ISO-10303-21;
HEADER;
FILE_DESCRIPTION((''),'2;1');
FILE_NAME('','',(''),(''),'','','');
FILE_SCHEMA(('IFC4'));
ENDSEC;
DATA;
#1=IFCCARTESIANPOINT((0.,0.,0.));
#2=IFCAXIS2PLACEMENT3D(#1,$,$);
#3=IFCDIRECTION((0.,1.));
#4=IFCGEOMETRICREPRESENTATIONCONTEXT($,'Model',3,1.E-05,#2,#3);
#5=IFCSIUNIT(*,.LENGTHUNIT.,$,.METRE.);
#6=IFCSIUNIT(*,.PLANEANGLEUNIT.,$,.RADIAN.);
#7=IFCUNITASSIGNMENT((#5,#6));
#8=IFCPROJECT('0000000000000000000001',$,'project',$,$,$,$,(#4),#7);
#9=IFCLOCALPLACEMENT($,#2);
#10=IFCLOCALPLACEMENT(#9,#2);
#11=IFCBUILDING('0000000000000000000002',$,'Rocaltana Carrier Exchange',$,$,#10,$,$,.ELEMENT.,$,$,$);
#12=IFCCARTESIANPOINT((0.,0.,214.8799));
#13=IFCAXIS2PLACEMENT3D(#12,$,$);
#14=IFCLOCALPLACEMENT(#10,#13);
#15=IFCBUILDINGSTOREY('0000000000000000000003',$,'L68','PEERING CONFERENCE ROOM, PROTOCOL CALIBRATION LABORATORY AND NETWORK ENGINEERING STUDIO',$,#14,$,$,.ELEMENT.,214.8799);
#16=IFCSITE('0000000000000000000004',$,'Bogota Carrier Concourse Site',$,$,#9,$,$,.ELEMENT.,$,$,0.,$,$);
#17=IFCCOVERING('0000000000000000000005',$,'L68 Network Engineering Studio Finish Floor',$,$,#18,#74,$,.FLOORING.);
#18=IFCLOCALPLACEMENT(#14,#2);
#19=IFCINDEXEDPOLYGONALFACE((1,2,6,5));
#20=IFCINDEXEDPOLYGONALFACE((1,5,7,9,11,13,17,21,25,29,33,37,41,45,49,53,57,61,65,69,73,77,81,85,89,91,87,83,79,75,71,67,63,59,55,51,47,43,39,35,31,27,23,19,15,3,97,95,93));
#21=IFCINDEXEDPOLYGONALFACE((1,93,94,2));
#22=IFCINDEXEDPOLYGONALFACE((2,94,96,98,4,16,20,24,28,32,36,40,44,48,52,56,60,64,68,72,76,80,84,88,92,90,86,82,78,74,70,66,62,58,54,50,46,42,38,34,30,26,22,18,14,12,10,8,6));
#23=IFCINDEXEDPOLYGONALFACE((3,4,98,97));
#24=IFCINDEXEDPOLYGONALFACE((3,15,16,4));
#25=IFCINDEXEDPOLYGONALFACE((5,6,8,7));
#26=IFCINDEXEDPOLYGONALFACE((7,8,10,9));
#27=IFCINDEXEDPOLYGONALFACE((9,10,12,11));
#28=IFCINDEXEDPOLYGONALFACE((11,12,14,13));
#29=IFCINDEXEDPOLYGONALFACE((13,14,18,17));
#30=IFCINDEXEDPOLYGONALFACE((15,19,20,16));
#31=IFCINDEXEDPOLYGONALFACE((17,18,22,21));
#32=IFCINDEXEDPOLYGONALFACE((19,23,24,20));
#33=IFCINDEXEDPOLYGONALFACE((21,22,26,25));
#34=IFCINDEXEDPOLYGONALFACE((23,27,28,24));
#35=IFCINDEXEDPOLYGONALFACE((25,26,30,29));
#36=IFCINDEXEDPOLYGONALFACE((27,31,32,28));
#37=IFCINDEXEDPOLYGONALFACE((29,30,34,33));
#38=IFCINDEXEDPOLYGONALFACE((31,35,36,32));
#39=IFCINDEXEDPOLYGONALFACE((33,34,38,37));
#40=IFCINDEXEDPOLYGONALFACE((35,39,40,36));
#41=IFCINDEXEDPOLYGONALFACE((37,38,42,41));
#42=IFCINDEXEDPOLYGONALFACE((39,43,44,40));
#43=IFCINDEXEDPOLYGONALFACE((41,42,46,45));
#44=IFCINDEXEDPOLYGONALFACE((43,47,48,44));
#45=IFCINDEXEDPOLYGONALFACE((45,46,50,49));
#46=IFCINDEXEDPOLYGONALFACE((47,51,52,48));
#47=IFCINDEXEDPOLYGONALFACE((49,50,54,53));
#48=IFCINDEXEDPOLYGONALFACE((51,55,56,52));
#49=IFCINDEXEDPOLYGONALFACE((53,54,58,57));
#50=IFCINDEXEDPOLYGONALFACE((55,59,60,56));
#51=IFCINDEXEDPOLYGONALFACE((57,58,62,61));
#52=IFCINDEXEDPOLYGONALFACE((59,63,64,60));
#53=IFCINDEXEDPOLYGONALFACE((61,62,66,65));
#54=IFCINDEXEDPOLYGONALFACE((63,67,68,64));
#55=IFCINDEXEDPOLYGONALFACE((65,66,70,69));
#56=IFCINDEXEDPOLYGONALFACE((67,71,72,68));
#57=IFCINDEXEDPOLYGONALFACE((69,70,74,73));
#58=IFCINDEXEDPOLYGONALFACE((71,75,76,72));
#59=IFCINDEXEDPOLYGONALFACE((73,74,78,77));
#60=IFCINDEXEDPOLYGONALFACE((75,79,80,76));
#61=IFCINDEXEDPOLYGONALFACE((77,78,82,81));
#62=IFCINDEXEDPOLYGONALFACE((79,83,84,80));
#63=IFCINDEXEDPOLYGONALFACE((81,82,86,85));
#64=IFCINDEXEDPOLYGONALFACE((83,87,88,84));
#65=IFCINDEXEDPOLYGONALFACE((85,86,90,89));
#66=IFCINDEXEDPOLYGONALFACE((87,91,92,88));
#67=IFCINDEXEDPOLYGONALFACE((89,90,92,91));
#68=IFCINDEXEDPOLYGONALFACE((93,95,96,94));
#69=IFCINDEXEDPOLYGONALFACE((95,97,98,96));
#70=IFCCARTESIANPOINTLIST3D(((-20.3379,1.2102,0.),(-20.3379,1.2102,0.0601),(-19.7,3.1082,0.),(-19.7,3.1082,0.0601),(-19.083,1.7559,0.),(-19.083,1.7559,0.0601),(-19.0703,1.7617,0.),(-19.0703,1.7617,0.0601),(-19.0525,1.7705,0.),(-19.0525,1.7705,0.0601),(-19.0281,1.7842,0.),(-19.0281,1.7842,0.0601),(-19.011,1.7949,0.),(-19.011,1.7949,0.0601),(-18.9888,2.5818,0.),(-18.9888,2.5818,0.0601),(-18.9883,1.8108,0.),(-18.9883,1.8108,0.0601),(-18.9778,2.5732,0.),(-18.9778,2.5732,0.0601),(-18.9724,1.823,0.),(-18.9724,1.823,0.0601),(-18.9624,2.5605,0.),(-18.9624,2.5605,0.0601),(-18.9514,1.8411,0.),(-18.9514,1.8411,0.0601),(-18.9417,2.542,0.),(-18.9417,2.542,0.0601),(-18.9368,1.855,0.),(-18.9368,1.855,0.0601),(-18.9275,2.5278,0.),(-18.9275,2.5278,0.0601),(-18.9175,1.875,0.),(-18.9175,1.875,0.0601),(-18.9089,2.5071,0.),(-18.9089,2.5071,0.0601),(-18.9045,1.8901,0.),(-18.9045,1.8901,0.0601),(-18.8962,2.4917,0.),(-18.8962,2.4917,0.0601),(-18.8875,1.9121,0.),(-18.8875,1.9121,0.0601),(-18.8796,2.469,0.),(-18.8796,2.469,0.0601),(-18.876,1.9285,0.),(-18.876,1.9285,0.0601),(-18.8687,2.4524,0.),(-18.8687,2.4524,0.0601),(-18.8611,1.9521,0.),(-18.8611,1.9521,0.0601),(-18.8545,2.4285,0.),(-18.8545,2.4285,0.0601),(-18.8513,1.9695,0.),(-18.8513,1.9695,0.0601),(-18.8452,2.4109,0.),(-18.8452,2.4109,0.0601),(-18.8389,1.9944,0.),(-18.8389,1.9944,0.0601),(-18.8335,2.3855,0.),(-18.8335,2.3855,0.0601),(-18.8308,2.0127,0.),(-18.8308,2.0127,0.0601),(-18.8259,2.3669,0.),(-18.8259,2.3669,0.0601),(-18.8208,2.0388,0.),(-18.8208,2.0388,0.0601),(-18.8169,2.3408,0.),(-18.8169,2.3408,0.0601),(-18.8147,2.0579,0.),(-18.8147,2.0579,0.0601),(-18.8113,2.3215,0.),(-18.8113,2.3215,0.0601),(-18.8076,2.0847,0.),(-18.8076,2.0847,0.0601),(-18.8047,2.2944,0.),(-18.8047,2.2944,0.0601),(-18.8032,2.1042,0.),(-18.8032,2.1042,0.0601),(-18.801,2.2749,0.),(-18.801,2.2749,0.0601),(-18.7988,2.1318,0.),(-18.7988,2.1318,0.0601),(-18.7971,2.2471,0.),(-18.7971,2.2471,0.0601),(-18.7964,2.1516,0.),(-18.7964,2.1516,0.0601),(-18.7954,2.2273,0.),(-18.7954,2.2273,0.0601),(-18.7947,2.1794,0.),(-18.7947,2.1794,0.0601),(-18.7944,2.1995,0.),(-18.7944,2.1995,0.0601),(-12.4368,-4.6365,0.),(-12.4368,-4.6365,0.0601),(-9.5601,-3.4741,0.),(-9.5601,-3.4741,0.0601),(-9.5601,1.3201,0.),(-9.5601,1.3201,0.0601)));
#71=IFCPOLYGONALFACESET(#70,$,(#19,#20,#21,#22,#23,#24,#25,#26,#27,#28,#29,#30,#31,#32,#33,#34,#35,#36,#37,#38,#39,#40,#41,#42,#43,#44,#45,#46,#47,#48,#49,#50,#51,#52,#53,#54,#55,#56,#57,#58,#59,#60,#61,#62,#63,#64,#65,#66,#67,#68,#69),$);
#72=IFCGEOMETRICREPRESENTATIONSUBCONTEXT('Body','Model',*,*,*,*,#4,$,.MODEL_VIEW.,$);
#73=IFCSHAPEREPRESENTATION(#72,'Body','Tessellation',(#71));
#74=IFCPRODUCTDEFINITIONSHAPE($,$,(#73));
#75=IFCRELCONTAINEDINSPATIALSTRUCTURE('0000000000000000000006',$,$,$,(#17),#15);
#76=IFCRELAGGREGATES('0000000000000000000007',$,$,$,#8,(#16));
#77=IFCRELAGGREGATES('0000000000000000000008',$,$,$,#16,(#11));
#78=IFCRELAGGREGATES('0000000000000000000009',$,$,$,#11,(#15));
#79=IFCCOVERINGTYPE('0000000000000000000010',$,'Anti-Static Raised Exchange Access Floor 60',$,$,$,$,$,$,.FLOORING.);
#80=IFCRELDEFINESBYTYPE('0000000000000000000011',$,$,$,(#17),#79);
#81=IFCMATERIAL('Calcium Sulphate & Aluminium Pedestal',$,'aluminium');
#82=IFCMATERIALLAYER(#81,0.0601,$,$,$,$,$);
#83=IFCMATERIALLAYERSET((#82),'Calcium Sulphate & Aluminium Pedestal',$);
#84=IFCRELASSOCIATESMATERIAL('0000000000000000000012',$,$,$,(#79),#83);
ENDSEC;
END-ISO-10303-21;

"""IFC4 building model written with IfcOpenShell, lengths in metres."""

from ifc_helpers import new_model, si_unit, direction, frame, origin, place, context, subcontext, project, spatial, polyline, outline, extrude, material, layer, layer_set, type_object, element, save


model = new_model("IFC4")

# Units and contexts
model_context = context("Model", 3, precision=1e-05, world=origin(), true_north=direction((0.0, 1.0)))
body_context = subcontext(model_context, "Body", "Model", "MODEL_VIEW")
ifc_project = project(units=[si_unit("LENGTHUNIT", "METRE"), si_unit("PLANEANGLEUNIT", "RADIAN")], contexts=[model_context])

# Site, building, storey
site_placement = place(None, origin())
site = spatial("IfcSite", under=ifc_project, at=site_placement, Name="Bogota Carrier Concourse Site", CompositionType="ELEMENT", RefElevation=0.0)
building_placement = place(site_placement, origin())
building = spatial("IfcBuilding", under=site, at=building_placement, Name="Rocaltana Carrier Exchange", CompositionType="ELEMENT")
storey_placement = place(building_placement, frame((0.0, 0.0, 214.8799)))
storey = spatial("IfcBuildingStorey", under=building, at=storey_placement, Name="L68", Description="PEERING CONFERENCE ROOM, PROTOCOL CALIBRATION LABORATORY AND NETWORK ENGINEERING STUDIO", CompositionType="ELEMENT", Elevation=214.8799)

# Covering
ifc_material_1 = material(Name="Calcium Sulphate & Aluminium Pedestal", Category="aluminium")
ifc_layer_1 = layer(ifc_material_1, 0.0601)
ifc_layer_set_1 = layer_set([ifc_layer_1], Name="Calcium Sulphate & Aluminium Pedestal")
covering_type_1 = type_object("IfcCoveringType", Name="Anti-Static Raised Exchange Access Floor 60", PredefinedType="FLOORING", material=ifc_layer_set_1)
covering_1_placement = place(storey_placement, origin())
element("IfcCovering", 1, at=covering_1_placement, inside=storey, type_object=covering_type_1, Name="L68 Network Engineering Studio Finish Floor", PredefinedType="FLOORING", context=body_context, shape_type="SweptSolid", body=[
    extrude(outline(polyline([(-19.7, 3.1082), (-9.5601, 1.3201), (-9.5601, -3.4741), (-12.4368, -4.6365), (-20.3379, 1.2102), (-19.083, 1.7559), (-19.0703, 1.7617), (-19.0525, 1.7705), (-19.0281, 1.7842), (-19.011, 1.7949), (-18.9883, 1.8108), (-18.9724, 1.823), (-18.9514, 1.8411), (-18.9368, 1.855), (-18.9175, 1.875), (-18.9045, 1.8901), (-18.8875, 1.9121), (-18.876, 1.9285), (-18.8611, 1.9521), (-18.8513, 1.9695), (-18.8389, 1.9944), (-18.8308, 2.0127), (-18.8208, 2.0388), (-18.8147, 2.0579), (-18.8076, 2.0847), (-18.8032, 2.1042), (-18.7988, 2.1318), (-18.7964, 2.1516), (-18.7947, 2.1794), (-18.7944, 2.1995), (-18.7954, 2.2273), (-18.7971, 2.2471), (-18.801, 2.2749), (-18.8047, 2.2944), (-18.8113, 2.3215), (-18.8169, 2.3408), (-18.8259, 2.3669), (-18.8335, 2.3855), (-18.8452, 2.4109), (-18.8545, 2.4285), (-18.8687, 2.4524), (-18.8796, 2.469), (-18.8962, 2.4917), (-18.9089, 2.5071), (-18.9275, 2.5278), (-18.9417, 2.542), (-18.9624, 2.5605), (-18.9778, 2.5732), (-18.9888, 2.5818), (-19.7, 3.1082)])), origin(), (0.0, 0.0, 1.0), 0.0601),
])

save(model, "model.ifc")
